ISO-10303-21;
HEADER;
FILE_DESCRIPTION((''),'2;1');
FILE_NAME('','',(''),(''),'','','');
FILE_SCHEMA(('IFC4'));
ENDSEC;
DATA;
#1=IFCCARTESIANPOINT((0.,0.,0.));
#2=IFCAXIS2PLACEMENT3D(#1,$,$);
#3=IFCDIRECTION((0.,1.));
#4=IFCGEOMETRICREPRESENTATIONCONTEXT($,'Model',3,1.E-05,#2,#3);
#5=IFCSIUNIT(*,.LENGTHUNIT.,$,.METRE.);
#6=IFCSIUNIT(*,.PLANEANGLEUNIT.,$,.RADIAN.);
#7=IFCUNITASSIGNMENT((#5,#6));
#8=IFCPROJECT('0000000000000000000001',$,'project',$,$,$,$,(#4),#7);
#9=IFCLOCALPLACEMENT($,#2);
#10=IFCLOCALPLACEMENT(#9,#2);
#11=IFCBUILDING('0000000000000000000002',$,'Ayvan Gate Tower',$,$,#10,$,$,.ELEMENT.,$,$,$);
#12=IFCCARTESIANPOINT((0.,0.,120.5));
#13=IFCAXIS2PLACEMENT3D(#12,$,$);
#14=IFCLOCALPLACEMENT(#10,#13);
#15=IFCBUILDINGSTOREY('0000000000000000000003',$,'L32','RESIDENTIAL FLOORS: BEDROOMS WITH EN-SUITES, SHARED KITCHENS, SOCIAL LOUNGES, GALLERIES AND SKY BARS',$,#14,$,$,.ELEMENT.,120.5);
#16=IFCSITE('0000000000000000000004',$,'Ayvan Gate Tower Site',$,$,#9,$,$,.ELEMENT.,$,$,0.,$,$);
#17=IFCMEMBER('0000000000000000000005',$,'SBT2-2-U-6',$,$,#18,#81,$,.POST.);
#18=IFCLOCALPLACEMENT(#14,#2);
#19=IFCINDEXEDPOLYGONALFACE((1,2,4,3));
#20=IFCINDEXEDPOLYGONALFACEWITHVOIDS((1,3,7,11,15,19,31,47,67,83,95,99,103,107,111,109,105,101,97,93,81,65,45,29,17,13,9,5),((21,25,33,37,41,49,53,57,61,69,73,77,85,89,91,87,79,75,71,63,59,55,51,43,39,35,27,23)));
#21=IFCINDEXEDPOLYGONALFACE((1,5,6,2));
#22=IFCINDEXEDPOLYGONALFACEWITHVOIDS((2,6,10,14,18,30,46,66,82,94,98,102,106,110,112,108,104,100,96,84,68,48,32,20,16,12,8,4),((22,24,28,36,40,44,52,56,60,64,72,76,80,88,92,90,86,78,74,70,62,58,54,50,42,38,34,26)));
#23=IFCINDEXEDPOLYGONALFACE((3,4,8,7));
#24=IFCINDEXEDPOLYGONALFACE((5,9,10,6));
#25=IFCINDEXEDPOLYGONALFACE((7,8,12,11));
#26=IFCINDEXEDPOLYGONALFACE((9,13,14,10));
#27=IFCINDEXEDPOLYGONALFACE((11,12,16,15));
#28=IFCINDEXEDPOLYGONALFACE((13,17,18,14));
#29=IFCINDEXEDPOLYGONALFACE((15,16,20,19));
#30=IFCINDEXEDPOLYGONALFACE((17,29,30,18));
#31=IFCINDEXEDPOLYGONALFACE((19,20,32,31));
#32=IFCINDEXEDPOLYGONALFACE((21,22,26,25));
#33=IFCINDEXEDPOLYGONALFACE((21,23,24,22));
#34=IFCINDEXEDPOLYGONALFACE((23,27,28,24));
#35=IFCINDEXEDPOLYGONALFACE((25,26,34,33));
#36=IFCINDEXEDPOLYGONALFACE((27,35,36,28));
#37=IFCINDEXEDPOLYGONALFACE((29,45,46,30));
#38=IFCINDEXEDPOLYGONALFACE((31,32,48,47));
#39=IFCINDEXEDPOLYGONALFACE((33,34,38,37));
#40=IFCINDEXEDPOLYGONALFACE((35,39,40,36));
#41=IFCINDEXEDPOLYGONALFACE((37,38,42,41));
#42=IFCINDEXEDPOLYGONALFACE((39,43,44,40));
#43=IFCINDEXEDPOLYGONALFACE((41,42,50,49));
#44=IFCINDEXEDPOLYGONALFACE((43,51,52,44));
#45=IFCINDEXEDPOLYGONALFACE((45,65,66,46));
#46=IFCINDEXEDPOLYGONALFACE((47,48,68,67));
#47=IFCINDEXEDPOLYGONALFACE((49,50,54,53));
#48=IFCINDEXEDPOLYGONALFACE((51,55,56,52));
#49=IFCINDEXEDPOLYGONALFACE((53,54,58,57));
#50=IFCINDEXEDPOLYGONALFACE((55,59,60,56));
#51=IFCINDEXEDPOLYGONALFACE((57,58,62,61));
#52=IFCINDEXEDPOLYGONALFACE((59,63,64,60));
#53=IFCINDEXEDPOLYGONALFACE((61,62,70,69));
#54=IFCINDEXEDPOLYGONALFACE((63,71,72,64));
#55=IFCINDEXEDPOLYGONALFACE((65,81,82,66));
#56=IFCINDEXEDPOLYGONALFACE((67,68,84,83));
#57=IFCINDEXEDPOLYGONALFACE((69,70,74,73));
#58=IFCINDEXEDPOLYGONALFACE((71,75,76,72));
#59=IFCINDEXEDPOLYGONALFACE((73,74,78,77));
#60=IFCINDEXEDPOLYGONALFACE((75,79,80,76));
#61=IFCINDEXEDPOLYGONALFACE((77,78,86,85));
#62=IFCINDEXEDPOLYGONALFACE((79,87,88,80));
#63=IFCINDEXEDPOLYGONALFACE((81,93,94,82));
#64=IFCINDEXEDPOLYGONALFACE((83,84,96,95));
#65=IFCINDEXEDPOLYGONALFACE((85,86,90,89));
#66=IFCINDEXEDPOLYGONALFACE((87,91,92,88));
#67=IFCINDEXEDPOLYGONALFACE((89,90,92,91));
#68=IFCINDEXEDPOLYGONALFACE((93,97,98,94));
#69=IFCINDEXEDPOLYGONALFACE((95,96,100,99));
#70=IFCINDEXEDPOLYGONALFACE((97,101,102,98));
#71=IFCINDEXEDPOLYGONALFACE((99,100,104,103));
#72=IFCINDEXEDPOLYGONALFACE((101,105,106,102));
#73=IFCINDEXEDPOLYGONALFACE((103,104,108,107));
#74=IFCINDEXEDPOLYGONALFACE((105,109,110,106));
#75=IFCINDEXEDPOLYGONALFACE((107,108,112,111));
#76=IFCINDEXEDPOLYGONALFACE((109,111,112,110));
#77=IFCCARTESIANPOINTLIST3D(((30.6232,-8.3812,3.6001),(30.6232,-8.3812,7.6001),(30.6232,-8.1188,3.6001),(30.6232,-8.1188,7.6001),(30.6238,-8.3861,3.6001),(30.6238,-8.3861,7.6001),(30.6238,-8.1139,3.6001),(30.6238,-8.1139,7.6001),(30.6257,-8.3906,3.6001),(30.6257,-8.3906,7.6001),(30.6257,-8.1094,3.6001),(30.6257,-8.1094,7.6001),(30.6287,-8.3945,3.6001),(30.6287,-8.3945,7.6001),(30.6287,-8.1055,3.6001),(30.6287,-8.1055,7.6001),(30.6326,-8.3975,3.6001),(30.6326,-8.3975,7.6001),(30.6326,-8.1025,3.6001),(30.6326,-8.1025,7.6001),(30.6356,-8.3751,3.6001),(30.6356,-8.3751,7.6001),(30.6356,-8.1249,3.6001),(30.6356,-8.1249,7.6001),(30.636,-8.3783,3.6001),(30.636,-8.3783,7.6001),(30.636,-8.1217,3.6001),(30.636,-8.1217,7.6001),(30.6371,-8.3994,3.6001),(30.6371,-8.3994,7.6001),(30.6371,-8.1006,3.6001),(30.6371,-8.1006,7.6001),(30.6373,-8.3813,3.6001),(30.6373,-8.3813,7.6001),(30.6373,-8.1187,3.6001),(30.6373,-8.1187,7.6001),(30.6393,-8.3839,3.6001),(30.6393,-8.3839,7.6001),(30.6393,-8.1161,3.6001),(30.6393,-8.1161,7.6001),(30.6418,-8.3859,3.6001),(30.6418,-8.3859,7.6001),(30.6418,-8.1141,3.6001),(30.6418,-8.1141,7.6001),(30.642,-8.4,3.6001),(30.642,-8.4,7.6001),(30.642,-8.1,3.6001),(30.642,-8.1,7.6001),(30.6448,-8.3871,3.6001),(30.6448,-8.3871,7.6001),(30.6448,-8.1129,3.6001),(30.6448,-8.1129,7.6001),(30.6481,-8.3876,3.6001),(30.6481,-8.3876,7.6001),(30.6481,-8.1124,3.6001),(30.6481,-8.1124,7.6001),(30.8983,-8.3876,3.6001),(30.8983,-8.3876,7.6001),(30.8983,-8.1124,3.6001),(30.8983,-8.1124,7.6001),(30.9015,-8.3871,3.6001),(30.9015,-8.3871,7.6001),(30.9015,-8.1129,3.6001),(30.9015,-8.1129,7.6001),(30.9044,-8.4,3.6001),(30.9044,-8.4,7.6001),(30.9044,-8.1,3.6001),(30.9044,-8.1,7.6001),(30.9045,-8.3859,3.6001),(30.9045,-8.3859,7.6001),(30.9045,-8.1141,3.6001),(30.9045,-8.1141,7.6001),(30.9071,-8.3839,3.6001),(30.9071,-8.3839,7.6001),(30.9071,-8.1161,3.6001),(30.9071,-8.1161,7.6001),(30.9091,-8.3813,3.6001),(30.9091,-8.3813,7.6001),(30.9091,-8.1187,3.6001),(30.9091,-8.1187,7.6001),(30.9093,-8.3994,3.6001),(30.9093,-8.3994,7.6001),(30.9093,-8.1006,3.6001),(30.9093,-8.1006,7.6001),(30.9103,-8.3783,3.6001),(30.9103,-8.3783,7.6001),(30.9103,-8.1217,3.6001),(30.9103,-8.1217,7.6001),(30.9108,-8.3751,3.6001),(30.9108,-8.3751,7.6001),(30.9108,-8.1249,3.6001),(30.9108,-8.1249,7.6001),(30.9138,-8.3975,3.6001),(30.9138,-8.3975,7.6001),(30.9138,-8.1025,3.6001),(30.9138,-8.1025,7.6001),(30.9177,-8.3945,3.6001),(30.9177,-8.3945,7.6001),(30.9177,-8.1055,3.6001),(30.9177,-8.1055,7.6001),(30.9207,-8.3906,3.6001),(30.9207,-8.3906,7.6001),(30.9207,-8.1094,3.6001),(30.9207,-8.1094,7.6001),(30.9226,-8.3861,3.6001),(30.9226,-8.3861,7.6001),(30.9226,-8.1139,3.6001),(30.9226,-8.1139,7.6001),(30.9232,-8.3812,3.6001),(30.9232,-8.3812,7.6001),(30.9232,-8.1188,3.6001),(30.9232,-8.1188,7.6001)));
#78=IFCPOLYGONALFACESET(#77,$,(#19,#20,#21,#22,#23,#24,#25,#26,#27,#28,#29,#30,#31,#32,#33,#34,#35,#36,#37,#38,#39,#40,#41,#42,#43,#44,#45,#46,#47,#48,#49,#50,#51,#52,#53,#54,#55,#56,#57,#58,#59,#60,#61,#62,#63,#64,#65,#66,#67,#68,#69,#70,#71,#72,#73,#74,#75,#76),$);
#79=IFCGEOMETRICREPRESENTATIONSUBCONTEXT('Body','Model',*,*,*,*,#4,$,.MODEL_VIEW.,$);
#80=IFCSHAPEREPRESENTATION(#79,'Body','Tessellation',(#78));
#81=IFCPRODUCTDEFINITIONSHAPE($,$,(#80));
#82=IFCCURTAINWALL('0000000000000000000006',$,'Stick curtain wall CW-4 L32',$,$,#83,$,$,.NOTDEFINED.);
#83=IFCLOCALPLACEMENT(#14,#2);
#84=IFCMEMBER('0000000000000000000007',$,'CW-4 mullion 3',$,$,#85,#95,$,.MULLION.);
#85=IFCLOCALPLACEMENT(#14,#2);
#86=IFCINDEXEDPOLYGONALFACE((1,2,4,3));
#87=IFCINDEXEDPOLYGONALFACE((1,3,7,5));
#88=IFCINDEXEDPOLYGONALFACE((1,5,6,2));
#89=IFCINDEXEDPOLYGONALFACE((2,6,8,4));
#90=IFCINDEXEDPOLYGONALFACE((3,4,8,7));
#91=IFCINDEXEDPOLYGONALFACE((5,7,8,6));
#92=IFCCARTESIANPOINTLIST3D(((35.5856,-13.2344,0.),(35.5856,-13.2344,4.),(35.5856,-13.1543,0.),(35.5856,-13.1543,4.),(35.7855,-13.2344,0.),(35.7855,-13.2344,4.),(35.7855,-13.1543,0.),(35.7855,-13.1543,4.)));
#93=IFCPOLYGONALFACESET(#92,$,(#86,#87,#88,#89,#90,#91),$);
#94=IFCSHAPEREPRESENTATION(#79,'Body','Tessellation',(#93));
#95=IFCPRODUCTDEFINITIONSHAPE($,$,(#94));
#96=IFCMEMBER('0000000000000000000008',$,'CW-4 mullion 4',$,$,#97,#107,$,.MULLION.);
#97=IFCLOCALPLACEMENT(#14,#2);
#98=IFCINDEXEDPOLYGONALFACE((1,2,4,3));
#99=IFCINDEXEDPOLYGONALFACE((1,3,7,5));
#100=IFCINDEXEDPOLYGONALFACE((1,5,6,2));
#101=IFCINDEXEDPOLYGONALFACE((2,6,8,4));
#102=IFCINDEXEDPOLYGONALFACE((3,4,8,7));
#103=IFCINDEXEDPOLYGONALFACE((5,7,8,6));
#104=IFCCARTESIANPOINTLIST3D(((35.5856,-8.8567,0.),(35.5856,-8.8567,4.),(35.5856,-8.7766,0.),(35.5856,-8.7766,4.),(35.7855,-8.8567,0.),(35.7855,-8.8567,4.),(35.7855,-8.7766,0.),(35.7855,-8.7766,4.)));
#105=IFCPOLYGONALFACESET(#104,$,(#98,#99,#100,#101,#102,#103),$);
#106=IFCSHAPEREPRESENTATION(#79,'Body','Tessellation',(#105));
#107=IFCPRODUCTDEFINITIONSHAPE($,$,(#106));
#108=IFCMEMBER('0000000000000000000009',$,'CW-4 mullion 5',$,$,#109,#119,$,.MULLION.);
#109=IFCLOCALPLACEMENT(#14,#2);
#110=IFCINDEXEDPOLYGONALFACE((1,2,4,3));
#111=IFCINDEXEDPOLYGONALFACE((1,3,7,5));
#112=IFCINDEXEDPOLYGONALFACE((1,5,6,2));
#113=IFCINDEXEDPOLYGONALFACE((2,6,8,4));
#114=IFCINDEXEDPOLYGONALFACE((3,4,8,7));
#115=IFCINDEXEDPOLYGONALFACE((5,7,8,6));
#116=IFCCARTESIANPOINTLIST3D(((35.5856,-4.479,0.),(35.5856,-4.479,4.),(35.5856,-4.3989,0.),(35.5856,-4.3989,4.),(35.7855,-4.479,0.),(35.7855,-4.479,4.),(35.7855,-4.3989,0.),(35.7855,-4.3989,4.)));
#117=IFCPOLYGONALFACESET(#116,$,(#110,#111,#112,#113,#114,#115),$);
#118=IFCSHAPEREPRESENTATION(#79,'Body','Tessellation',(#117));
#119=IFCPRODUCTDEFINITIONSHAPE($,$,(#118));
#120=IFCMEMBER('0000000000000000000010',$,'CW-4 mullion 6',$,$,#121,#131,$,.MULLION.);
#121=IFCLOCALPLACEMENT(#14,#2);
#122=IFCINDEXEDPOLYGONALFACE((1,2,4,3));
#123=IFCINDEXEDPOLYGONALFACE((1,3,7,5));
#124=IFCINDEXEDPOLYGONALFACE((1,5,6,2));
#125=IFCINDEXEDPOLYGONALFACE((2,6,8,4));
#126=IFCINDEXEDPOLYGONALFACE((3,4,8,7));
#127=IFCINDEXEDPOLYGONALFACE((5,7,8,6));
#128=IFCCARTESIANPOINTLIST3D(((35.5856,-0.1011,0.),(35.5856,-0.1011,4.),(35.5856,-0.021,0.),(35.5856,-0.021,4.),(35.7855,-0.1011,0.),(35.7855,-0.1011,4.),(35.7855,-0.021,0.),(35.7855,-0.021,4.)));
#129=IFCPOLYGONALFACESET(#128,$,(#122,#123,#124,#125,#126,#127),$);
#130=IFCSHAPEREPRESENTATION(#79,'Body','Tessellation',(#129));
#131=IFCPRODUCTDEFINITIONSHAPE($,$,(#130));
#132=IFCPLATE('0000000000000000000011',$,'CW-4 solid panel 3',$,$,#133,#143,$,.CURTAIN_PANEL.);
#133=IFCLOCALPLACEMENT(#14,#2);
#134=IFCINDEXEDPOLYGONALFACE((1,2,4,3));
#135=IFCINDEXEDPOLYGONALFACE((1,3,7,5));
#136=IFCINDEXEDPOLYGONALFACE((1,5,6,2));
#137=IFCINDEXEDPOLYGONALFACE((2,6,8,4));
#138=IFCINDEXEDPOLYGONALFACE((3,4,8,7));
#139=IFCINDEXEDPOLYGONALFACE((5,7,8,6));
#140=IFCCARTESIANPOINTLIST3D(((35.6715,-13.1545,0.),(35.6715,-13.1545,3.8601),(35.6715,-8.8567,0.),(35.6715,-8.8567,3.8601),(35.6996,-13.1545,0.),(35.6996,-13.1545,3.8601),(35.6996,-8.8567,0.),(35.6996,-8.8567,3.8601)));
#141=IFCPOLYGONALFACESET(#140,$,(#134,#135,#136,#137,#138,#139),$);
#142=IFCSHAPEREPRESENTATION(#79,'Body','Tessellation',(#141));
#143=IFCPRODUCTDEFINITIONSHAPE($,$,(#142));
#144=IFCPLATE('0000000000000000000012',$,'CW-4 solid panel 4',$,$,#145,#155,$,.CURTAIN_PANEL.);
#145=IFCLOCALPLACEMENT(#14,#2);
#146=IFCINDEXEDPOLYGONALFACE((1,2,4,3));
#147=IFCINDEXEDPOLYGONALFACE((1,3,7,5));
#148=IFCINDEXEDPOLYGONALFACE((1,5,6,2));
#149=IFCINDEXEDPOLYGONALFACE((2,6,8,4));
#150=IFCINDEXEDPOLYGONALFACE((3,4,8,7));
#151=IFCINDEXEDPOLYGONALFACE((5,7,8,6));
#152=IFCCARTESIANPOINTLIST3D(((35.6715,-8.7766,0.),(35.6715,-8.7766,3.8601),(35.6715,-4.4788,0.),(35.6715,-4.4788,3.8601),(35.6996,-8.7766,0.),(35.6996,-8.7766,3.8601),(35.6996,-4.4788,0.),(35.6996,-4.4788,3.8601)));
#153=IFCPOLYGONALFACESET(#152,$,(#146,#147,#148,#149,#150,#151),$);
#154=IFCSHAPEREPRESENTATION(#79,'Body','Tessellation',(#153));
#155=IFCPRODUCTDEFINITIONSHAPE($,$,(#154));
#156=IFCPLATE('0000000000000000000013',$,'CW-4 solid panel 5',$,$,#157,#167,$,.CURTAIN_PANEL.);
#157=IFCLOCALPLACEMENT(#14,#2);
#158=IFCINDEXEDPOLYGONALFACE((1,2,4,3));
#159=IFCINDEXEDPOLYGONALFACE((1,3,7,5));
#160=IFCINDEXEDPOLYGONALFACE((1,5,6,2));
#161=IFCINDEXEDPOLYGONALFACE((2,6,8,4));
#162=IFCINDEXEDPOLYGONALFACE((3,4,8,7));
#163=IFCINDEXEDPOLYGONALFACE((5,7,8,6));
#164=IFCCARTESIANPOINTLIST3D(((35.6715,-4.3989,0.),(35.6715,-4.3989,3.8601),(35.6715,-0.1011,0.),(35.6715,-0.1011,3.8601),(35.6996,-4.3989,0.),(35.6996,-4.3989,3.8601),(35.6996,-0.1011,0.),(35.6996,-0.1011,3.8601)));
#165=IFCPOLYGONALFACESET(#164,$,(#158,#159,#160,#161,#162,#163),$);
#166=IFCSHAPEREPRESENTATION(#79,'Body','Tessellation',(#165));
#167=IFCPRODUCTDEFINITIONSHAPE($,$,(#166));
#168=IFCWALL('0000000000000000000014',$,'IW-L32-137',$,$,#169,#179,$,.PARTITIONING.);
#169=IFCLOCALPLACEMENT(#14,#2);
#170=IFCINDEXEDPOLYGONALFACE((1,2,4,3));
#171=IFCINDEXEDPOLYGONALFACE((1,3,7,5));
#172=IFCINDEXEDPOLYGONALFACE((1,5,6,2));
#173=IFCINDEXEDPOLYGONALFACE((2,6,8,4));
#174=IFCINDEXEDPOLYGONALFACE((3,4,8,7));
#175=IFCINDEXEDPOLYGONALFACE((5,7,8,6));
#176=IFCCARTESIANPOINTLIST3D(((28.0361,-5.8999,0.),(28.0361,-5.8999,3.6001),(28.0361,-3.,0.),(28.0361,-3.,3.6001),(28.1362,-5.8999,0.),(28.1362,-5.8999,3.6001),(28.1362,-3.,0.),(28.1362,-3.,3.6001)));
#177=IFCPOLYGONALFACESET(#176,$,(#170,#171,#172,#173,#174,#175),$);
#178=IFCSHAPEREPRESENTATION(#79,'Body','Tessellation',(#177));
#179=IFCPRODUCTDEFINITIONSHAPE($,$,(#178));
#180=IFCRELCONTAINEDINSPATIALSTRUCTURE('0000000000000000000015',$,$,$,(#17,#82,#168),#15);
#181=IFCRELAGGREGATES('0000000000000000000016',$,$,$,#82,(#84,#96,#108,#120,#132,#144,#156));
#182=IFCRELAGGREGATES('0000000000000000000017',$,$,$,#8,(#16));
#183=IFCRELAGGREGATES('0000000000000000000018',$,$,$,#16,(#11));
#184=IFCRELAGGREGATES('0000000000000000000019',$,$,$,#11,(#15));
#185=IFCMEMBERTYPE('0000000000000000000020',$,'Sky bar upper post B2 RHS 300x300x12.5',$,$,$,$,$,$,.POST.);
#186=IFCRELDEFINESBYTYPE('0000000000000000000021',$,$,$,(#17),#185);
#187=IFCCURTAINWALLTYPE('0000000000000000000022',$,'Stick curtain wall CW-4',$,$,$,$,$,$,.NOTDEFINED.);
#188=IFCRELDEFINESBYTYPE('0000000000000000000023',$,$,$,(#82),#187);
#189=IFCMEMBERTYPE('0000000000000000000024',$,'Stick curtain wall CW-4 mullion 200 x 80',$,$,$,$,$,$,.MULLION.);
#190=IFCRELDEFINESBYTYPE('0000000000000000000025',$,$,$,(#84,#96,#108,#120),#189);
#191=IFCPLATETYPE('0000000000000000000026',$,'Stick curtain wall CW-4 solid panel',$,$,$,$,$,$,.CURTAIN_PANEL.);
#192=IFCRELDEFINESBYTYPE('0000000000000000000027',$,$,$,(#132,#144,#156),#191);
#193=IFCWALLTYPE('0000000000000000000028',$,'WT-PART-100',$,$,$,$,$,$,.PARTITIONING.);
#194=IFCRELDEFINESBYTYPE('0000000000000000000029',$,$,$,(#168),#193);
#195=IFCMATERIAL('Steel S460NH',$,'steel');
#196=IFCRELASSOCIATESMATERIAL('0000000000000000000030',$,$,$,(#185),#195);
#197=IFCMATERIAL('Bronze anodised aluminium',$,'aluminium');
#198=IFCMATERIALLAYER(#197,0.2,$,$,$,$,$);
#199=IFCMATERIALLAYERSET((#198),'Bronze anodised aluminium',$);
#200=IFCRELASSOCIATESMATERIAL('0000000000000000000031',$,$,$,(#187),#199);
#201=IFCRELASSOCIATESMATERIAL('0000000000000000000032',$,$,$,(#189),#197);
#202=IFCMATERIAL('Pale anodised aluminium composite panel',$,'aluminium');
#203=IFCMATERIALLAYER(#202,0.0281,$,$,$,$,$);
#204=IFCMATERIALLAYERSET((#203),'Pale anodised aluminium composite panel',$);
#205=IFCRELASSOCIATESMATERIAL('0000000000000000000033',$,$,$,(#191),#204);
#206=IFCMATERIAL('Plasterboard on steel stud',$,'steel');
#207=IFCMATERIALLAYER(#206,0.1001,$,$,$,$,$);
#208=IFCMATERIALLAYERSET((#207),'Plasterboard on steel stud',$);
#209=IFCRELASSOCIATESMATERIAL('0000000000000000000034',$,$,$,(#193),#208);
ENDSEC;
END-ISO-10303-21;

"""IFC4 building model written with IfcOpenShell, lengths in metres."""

from ifc_helpers import new_model, si_unit, direction, frame, frame_2d, origin, origin_2d, place, context, subcontext, project, spatial, rectangle, hollow_rectangle, extrude, material, layer, layer_set, material_profile, profile_set, type_object, element, aggregate, save


model = new_model("IFC4")

# Units and contexts
model_context = context("Model", 3, precision=1e-05, world=origin(), true_north=direction((0.0, 1.0)))
body_context = subcontext(model_context, "Body", "Model", "MODEL_VIEW")
ifc_project = project(units=[si_unit("LENGTHUNIT", "METRE"), si_unit("PLANEANGLEUNIT", "RADIAN")], contexts=[model_context])

# Site, building, storey
site_placement = place(None, origin())
site = spatial("IfcSite", under=ifc_project, at=site_placement, Name="Ayvan Gate Tower Site", CompositionType="ELEMENT", RefElevation=0.0)
building_placement = place(site_placement, origin())
building = spatial("IfcBuilding", under=site, at=building_placement, Name="Ayvan Gate Tower", CompositionType="ELEMENT")
storey_placement = place(building_placement, frame((0.0, 0.0, 120.5)))
storey = spatial("IfcBuildingStorey", under=building, at=storey_placement, Name="L32", Description="RESIDENTIAL FLOORS: BEDROOMS WITH EN-SUITES, SHARED KITCHENS, SOCIAL LOUNGES, GALLERIES AND SKY BARS", CompositionType="ELEMENT", Elevation=120.5)

# Member
ifc_material_1 = material(Name="Steel S460NH", Category="steel")
ifc_material_profile_1 = material_profile(ifc_material_1, hollow_rectangle(XDim=0.3, YDim=0.3, WallThickness=0.0125, InnerFilletRadius=0.0125, OuterFilletRadius=0.0188, at=origin_2d()), Name="RHS 300x300x12.5")
ifc_profile_set_1 = profile_set([ifc_material_profile_1], Name="Steel S460NH")
member_type_1 = type_object("IfcMemberType", Name="Sky bar upper post B2 RHS 300x300x12.5", PredefinedType="POST", material=ifc_profile_set_1)
for number, where, z_axis, x_axis, name in (
    (1, (30.7732, -8.25, 3.6001), (0.0, 0.0, 1.0), (1.0, 0.0, 0.0), "SBT2-2-U-6"),
):
    element("IfcMember", number, at=place(storey_placement, frame(where, z_axis=z_axis, x_axis=x_axis)), inside=storey, type_object=member_type_1, Name=name, PredefinedType="POST", context=body_context, shape_type="SweptSolid", body=[
        extrude(hollow_rectangle(XDim=0.3, YDim=0.3, WallThickness=0.0125, InnerFilletRadius=0.0125, OuterFilletRadius=0.0188, at=origin_2d()), origin(), (0.0, 0.0, 1.0), 4.0),
    ])

# Curtain wall, members, plates
ifc_material_2 = material(Name="Bronze anodised aluminium", Category="aluminium")
ifc_layer_1 = layer(ifc_material_2, 0.2)
ifc_layer_set_1 = layer_set([ifc_layer_1], Name="Bronze anodised aluminium")
curtain_wall_type = type_object("IfcCurtainWallType", Name="Stick curtain wall CW-4", PredefinedType="NOTDEFINED", material=ifc_layer_set_1)
curtain_wall_placement = place(storey_placement, origin())
curtain_wall = element("IfcCurtainWall", 2, at=curtain_wall_placement, inside=storey, type_object=curtain_wall_type, Name="Stick curtain wall CW-4 L32", PredefinedType="NOTDEFINED")
ifc_material_profile_2 = material_profile(ifc_material_2, rectangle(XDim=0.2, YDim=0.0801, at=origin_2d()), Name="Stick curtain wall CW-4 mullion 200 x 80")
ifc_profile_set_2 = profile_set([ifc_material_profile_2], Name="Bronze anodised aluminium")
member_type_2 = type_object("IfcMemberType", Name="Stick curtain wall CW-4 mullion 200 x 80", PredefinedType="MULLION", material=ifc_profile_set_2)
member_1_placement = place(storey_placement, frame((35.6855, -13.1943, 0.0), z_axis=(0.0, 0.0, 1.0), x_axis=(1.0, 0.0, 0.0)))
member_1 = element("IfcMember", 3, at=member_1_placement, type_object=member_type_2, Name="CW-4 mullion 3", PredefinedType="MULLION", context=body_context, shape_type="SweptSolid", body=[
    extrude(rectangle(XDim=0.2, YDim=0.0801, at=origin_2d()), origin(), (0.0, 0.0, 1.0), 4.0),
])
member_2_placement = place(storey_placement, frame((35.6855, -8.8167, 0.0), z_axis=(0.0, 0.0, 1.0), x_axis=(1.0, 0.0, 0.0)))
member_2 = element("IfcMember", 4, at=member_2_placement, type_object=member_type_2, Name="CW-4 mullion 4", PredefinedType="MULLION", context=body_context, shape_type="SweptSolid", body=[
    extrude(rectangle(XDim=0.2, YDim=0.0801, at=origin_2d()), origin(), (0.0, 0.0, 1.0), 4.0),
])
member_3_placement = place(storey_placement, frame((35.6855, -4.439, 0.0), z_axis=(0.0, 0.0, 1.0), x_axis=(1.0, 0.0, 0.0)))
member_3 = element("IfcMember", 5, at=member_3_placement, type_object=member_type_2, Name="CW-4 mullion 5", PredefinedType="MULLION", context=body_context, shape_type="SweptSolid", body=[
    extrude(rectangle(XDim=0.2, YDim=0.0801, at=origin_2d()), origin(), (0.0, 0.0, 1.0), 4.0),
])
member_4_placement = place(storey_placement, frame((35.6855, -0.061, 0.0), z_axis=(0.0, 0.0, 1.0), x_axis=(1.0, 0.0, 0.0)))
member_4 = element("IfcMember", 6, at=member_4_placement, type_object=member_type_2, Name="CW-4 mullion 6", PredefinedType="MULLION", context=body_context, shape_type="SweptSolid", body=[
    extrude(rectangle(XDim=0.2, YDim=0.0801, at=origin_2d()), origin(), (0.0, 0.0, 1.0), 4.0),
])
ifc_material_3 = material(Name="Pale anodised aluminium composite panel", Category="aluminium")
ifc_layer_2 = layer(ifc_material_3, 0.0281)
ifc_layer_set_2 = layer_set([ifc_layer_2], Name="Pale anodised aluminium composite panel")
plate_type = type_object("IfcPlateType", Name="Stick curtain wall CW-4 solid panel", PredefinedType="CURTAIN_PANEL", material=ifc_layer_set_2)
plate_1_placement = place(storey_placement, frame((35.6855, -11.0056, 0.0), z_axis=(0.0, 0.0, 1.0), x_axis=(0.0, 1.0, 0.0)))
plate_1 = element("IfcPlate", 7, at=plate_1_placement, type_object=plate_type, Name="CW-4 solid panel 3", PredefinedType="CURTAIN_PANEL", context=body_context, shape_type="SweptSolid", body=[
    extrude(rectangle(XDim=4.2979, YDim=0.0281, at=origin_2d()), origin(), (0.0, 0.0, 1.0), 3.8601),
])
plate_2_placement = place(storey_placement, frame((35.6855, -6.6277, 0.0), z_axis=(0.0, 0.0, 1.0), x_axis=(0.0, 1.0, 0.0)))
plate_2 = element("IfcPlate", 8, at=plate_2_placement, type_object=plate_type, Name="CW-4 solid panel 4", PredefinedType="CURTAIN_PANEL", context=body_context, shape_type="SweptSolid", body=[
    extrude(rectangle(XDim=4.2979, YDim=0.0281, at=origin_2d()), origin(), (0.0, 0.0, 1.0), 3.8601),
])
plate_3_placement = place(storey_placement, frame((35.6855, -2.25, 0.0), z_axis=(0.0, 0.0, 1.0), x_axis=(0.0, 1.0, 0.0)))
plate_3 = element("IfcPlate", 9, at=plate_3_placement, type_object=plate_type, Name="CW-4 solid panel 5", PredefinedType="CURTAIN_PANEL", context=body_context, shape_type="SweptSolid", body=[
    extrude(rectangle(XDim=4.2979, YDim=0.0281, at=origin_2d()), origin(), (0.0, 0.0, 1.0), 3.8601),
])
aggregate(curtain_wall, [member_1, member_2, member_3, member_4, plate_1, plate_2, plate_3])

# Wall
ifc_material_4 = material(Name="Plasterboard on steel stud", Category="steel")
ifc_layer_3 = layer(ifc_material_4, 0.1001)
ifc_layer_set_3 = layer_set([ifc_layer_3], Name="Plasterboard on steel stud")
wall_type_1 = type_object("IfcWallType", Name="WT-PART-100", PredefinedType="PARTITIONING", material=ifc_layer_set_3)
wall_1_placement = place(storey_placement, frame((28.0862, -5.8999, 0.0), z_axis=(0.0, 0.0, 1.0), x_axis=(0.0, 1.0, 0.0)))
element("IfcWall", 10, at=wall_1_placement, inside=storey, type_object=wall_type_1, Name="IW-L32-137", PredefinedType="PARTITIONING", context=body_context, shape_type="SweptSolid", body=[
    extrude(rectangle(XDim=2.8999, YDim=0.1001, at=frame_2d((1.45, 0.0))), origin(), (0.0, 0.0, 1.0), 3.6001),
])

save(model, "model.ifc")
